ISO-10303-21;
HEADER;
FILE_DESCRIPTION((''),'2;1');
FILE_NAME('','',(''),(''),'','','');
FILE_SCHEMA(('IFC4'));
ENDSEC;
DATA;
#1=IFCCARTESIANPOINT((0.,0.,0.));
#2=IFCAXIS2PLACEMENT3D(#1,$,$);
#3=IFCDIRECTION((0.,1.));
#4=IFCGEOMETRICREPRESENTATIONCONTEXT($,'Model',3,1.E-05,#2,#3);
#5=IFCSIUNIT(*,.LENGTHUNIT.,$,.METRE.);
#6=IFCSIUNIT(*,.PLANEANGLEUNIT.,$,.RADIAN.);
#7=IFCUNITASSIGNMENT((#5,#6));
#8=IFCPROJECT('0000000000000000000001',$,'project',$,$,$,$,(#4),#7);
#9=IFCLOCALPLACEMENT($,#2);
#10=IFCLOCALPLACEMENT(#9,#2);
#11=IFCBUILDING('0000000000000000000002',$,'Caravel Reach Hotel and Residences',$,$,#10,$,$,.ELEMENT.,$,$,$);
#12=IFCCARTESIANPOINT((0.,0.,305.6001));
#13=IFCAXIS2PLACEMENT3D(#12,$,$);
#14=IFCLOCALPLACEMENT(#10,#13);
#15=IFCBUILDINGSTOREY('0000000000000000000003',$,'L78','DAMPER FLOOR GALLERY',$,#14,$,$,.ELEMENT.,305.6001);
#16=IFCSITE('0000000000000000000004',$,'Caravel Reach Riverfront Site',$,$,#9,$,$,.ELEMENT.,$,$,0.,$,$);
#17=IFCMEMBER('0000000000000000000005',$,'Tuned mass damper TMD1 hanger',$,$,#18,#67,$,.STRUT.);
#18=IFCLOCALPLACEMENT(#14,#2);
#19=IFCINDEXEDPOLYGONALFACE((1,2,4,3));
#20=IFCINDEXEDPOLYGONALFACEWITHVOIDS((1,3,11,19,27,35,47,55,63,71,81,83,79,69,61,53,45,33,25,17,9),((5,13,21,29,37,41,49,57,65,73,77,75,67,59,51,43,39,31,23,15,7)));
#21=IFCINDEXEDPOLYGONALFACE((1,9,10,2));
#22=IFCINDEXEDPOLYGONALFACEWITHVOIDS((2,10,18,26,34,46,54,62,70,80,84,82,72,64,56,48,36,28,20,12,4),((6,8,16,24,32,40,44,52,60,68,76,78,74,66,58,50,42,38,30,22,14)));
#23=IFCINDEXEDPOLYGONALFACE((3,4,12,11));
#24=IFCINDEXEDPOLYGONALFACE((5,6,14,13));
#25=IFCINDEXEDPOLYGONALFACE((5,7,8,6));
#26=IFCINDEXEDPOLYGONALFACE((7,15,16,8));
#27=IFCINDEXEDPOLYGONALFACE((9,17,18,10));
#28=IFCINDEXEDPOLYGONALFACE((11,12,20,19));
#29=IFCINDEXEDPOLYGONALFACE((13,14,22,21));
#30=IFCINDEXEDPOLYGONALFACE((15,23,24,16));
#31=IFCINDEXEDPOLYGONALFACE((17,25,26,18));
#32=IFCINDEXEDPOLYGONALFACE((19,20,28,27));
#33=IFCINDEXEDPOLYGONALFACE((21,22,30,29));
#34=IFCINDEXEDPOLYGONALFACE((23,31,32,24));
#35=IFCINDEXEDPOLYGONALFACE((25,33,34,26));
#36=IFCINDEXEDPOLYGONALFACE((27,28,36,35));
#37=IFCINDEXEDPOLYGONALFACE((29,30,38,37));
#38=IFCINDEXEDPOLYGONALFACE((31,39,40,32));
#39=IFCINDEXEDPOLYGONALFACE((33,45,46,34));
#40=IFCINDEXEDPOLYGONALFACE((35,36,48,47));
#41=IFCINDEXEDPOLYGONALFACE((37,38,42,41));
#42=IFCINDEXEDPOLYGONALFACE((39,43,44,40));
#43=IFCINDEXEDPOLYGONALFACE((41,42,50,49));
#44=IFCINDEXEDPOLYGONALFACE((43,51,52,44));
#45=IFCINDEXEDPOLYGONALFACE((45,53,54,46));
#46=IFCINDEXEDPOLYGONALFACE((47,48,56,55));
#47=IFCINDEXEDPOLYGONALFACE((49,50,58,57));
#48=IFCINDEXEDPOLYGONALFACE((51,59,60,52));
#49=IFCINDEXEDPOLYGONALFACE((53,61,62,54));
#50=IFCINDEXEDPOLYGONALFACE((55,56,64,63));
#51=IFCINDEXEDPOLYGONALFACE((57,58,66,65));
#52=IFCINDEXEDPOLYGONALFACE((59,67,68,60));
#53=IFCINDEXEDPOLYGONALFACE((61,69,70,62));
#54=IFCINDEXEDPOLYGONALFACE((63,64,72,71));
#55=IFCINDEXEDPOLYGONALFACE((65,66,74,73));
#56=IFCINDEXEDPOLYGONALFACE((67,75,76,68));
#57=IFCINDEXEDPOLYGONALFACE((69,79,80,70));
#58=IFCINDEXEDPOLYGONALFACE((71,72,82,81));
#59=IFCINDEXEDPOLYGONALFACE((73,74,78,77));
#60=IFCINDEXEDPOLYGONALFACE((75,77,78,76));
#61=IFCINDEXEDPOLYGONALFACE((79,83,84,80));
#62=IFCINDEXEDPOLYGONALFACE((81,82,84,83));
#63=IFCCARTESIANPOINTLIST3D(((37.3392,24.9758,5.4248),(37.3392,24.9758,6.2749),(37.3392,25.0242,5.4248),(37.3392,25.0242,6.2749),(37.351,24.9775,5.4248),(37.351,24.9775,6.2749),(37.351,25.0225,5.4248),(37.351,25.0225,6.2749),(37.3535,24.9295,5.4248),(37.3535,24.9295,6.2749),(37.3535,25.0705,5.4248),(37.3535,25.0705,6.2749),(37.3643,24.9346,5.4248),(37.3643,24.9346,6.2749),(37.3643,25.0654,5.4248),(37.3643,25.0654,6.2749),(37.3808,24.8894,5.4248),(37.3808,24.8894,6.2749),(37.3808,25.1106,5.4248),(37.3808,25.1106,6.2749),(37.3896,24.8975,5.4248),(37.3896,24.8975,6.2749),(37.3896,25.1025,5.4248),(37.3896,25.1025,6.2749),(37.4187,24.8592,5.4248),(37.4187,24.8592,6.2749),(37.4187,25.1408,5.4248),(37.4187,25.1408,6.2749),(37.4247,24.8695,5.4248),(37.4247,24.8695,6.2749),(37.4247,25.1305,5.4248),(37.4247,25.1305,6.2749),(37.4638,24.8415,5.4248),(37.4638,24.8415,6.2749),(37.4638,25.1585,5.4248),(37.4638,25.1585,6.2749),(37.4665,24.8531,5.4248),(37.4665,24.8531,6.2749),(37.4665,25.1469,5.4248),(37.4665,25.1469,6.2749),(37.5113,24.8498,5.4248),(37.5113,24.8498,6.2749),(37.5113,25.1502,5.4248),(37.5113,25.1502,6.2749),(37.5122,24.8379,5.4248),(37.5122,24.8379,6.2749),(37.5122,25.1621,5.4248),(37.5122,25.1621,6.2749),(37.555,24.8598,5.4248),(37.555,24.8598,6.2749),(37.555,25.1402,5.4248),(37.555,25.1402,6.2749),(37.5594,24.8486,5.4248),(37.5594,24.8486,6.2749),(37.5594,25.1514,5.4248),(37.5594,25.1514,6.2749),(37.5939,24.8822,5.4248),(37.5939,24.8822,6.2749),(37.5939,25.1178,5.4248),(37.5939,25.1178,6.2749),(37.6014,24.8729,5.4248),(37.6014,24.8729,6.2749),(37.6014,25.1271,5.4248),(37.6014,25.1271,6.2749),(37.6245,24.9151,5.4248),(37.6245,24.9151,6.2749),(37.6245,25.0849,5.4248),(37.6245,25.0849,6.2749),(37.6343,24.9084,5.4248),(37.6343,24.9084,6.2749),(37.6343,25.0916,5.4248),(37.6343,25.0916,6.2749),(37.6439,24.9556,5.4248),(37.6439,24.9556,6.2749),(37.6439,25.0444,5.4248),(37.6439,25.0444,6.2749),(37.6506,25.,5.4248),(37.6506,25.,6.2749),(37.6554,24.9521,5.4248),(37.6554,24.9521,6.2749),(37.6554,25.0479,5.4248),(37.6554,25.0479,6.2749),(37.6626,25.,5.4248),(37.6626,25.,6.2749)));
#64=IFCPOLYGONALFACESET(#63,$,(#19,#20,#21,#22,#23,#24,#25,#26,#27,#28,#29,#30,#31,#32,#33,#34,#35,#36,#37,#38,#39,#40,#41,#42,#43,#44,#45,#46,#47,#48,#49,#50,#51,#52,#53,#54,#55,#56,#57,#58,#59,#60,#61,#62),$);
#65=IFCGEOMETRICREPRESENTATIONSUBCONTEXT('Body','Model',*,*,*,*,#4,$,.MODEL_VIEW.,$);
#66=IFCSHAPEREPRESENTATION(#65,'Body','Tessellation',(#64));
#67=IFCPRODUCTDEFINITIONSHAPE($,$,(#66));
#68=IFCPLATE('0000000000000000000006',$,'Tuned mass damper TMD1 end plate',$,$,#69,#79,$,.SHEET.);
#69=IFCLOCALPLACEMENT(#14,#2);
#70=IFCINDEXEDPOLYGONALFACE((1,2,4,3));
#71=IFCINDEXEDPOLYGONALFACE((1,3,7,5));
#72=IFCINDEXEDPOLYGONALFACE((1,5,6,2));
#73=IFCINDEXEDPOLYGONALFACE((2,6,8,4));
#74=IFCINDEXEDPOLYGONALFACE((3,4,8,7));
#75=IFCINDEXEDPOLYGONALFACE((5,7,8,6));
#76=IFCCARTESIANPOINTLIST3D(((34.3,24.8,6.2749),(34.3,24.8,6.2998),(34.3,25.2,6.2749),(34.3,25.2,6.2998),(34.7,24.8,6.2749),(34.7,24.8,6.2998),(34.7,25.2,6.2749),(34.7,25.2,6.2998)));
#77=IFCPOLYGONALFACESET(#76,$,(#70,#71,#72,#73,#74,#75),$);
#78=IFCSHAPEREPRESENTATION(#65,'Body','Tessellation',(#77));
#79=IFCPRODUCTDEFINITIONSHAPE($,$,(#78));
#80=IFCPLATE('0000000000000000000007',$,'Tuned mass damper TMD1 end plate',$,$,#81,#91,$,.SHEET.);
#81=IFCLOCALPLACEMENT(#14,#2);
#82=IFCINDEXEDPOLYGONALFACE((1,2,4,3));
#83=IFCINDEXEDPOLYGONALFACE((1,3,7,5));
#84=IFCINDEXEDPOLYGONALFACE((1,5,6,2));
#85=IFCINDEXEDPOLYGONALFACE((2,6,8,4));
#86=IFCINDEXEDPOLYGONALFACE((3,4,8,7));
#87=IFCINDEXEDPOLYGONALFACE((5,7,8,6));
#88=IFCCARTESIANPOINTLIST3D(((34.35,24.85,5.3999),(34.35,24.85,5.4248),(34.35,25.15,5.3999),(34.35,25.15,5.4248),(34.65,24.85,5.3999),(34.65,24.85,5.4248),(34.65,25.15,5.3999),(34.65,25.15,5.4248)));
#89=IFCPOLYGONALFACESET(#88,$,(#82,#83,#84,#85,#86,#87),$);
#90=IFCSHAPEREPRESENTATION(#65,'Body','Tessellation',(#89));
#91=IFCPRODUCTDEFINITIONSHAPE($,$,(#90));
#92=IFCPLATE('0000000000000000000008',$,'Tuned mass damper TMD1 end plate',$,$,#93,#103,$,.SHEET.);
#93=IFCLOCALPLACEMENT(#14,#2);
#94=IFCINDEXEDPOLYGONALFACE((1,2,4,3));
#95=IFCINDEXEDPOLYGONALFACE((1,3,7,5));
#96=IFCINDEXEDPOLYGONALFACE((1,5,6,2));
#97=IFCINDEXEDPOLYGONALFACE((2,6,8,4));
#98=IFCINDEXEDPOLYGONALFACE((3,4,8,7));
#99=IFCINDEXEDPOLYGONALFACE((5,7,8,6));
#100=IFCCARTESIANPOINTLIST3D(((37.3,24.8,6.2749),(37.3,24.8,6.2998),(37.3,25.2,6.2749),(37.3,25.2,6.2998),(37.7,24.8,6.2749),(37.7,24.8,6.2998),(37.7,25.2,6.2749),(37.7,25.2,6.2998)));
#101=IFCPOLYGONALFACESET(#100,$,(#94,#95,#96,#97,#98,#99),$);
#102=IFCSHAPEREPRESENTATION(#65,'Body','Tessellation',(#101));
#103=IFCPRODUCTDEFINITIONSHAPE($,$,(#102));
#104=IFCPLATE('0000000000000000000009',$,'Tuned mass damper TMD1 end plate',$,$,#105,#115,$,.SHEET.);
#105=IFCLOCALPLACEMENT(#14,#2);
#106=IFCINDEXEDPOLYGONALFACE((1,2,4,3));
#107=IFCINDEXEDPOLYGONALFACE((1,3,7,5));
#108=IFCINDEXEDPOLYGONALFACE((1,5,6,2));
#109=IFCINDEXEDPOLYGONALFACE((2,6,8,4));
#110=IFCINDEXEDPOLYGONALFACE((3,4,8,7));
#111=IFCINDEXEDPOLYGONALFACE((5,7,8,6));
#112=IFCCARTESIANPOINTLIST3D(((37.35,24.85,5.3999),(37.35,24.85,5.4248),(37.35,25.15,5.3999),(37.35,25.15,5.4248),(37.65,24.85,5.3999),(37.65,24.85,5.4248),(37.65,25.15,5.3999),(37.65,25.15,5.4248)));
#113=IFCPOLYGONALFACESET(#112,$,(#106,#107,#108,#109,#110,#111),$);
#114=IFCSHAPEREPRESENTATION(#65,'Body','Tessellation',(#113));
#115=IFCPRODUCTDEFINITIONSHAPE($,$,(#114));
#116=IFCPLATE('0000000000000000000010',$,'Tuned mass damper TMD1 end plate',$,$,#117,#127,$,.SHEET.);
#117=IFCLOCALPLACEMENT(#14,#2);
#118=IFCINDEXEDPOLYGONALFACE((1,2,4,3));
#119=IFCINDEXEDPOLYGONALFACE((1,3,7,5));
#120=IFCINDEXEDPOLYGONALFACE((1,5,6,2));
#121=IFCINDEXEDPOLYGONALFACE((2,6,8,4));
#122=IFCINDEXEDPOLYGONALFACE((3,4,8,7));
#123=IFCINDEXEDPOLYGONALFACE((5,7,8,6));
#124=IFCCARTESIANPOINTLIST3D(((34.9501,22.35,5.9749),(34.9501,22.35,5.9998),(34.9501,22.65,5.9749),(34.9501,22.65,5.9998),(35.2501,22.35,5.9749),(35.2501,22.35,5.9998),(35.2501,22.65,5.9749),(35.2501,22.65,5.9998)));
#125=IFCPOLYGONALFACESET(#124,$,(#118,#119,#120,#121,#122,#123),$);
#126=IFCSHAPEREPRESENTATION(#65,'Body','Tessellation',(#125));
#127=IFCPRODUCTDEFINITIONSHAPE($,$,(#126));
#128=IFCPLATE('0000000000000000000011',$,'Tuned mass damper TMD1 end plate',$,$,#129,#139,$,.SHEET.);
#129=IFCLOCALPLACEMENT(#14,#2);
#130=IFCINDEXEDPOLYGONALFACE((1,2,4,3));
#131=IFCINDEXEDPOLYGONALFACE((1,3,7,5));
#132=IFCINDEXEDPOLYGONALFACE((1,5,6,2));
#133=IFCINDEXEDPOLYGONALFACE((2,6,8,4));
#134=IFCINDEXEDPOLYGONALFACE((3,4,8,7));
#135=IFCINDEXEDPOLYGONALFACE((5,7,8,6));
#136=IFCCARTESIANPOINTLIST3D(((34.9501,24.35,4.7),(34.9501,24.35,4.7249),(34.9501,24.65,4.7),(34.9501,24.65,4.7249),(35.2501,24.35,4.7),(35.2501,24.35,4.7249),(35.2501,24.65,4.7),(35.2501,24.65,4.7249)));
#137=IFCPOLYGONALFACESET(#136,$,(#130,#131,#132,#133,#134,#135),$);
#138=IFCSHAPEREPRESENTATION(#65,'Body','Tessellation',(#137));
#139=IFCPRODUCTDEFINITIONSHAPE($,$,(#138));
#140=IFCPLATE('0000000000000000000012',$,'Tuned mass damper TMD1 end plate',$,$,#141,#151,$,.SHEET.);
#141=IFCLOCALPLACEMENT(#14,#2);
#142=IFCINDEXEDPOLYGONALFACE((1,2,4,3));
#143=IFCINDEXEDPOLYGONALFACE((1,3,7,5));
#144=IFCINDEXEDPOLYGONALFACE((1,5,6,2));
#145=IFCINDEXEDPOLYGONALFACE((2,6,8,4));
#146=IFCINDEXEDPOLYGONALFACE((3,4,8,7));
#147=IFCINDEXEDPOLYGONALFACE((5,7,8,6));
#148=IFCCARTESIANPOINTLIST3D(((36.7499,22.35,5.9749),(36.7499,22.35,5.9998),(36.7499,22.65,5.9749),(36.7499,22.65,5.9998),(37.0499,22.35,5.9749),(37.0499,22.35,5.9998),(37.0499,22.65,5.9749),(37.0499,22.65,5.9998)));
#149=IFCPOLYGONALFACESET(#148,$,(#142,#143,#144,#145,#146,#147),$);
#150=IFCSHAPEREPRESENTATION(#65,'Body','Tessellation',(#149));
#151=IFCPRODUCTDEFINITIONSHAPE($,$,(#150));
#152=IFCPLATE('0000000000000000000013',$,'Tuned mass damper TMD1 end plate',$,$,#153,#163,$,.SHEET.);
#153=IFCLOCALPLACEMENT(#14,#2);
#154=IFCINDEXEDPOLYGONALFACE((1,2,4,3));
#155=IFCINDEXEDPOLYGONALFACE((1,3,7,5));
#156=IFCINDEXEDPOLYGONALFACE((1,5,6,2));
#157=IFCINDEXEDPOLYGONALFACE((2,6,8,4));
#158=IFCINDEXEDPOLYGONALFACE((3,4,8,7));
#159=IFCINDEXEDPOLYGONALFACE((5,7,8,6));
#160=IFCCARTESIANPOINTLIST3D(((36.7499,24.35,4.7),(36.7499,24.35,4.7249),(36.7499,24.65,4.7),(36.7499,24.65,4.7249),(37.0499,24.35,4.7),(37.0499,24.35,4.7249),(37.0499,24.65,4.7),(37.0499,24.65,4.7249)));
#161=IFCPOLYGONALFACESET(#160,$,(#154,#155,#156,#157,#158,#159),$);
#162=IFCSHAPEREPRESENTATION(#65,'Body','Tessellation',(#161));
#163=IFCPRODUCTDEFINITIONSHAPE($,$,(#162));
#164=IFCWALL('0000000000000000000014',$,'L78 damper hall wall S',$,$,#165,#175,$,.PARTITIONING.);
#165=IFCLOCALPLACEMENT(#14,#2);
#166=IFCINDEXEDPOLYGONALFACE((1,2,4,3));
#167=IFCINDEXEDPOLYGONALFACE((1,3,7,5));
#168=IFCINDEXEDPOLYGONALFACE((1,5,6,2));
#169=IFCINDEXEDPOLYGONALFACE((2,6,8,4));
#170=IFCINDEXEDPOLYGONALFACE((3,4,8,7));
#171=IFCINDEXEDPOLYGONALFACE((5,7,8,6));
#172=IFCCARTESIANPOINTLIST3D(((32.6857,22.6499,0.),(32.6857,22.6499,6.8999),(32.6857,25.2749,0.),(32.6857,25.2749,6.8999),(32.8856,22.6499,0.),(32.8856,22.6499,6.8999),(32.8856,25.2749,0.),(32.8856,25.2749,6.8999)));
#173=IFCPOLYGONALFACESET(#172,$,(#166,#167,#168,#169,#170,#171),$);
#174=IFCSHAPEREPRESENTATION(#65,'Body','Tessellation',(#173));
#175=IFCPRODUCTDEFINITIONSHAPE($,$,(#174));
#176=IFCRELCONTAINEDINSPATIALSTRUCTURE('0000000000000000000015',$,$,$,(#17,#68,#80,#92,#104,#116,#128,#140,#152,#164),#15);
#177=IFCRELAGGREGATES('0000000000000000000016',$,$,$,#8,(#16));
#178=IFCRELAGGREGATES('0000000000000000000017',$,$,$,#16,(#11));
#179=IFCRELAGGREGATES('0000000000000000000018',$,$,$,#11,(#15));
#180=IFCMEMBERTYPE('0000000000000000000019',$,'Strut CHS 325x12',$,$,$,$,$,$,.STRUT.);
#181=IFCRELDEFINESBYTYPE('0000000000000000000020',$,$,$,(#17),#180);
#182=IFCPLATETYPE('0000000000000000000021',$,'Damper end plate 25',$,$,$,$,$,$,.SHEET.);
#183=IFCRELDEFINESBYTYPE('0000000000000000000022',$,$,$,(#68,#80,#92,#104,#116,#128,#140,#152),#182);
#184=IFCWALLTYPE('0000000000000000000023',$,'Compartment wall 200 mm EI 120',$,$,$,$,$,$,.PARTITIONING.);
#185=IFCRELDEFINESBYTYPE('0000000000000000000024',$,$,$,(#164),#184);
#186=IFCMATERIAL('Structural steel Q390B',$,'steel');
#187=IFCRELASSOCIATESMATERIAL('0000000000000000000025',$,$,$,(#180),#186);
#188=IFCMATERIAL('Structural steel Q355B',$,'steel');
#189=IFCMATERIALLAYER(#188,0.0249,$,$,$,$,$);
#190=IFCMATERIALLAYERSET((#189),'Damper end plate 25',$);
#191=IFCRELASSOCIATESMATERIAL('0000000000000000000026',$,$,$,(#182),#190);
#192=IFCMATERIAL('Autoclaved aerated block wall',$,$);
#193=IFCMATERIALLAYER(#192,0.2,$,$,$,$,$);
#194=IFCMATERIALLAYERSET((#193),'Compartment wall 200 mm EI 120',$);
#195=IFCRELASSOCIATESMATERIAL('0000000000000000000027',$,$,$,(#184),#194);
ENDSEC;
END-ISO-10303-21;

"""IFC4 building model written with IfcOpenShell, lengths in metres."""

from ifc_helpers import new_model, si_unit, direction, frame, frame_2d, origin, origin_2d, place, context, subcontext, project, spatial, rectangle, hollow_circle, extrude, material, layer, layer_set, material_profile, profile_set, type_object, element, save


model = new_model("IFC4")

# Units and contexts
model_context = context("Model", 3, precision=1e-05, world=origin(), true_north=direction((0.0, 1.0)))
body_context = subcontext(model_context, "Body", "Model", "MODEL_VIEW")
ifc_project = project(units=[si_unit("LENGTHUNIT", "METRE"), si_unit("PLANEANGLEUNIT", "RADIAN")], contexts=[model_context])

# Site, building, storey
site_placement = place(None, origin())
site = spatial("IfcSite", under=ifc_project, at=site_placement, Name="Caravel Reach Riverfront Site", CompositionType="ELEMENT", RefElevation=0.0)
building_placement = place(site_placement, origin())
building = spatial("IfcBuilding", under=site, at=building_placement, Name="Caravel Reach Hotel and Residences", CompositionType="ELEMENT")
storey_placement = place(building_placement, frame((0.0, 0.0, 305.6001)))
storey = spatial("IfcBuildingStorey", under=building, at=storey_placement, Name="L78", Description="DAMPER FLOOR GALLERY", CompositionType="ELEMENT", Elevation=305.6001)

# Member
ifc_material_1 = material(Name="Structural steel Q390B", Category="steel")
ifc_material_profile_1 = material_profile(ifc_material_1, hollow_circle(Radius=0.1626, WallThickness=0.012, at=origin_2d()), Name="CHS 325x12")
ifc_profile_set_1 = profile_set([ifc_material_profile_1], Name="Structural steel Q390B")
member_type_1 = type_object("IfcMemberType", Name="Strut CHS 325x12", PredefinedType="STRUT", material=ifc_profile_set_1)
for number, where, z_axis, x_axis, name in (
    (1, (37.5, 25.0, 6.2749), (0.0, 0.0, -1.0), (1.0, 0.0, 0.0), "Tuned mass damper TMD1 hanger"),
):
    element("IfcMember", number, at=place(storey_placement, frame(where, z_axis=z_axis, x_axis=x_axis)), inside=storey, type_object=member_type_1, Name=name, PredefinedType="STRUT", context=body_context, shape_type="SweptSolid", body=[
        extrude(hollow_circle(Radius=0.1626, WallThickness=0.012, at=origin_2d()), origin(), (0.0, 0.0, 1.0), 0.8501),
    ])

# Plates
ifc_material_2 = material(Name="Structural steel Q355B", Category="steel")
ifc_layer_1 = layer(ifc_material_2, 0.0249)
ifc_layer_set_1 = layer_set([ifc_layer_1], Name="Damper end plate 25")
plate_type = type_object("IfcPlateType", Name="Damper end plate 25", PredefinedType="SHEET", material=ifc_layer_set_1)
plate_1_placement = place(storey_placement, frame((34.5, 25.0, 6.2749), z_axis=(0.0, 0.0, 1.0), x_axis=(1.0, 0.0, 0.0)))
element("IfcPlate", 2, at=plate_1_placement, inside=storey, type_object=plate_type, Name="Tuned mass damper TMD1 end plate", PredefinedType="SHEET", context=body_context, shape_type="SweptSolid", body=[
    extrude(rectangle(XDim=0.3999, YDim=0.3999, at=origin_2d()), origin(), (0.0, 0.0, 1.0), 0.0249),
])
plate_2_placement = place(storey_placement, frame((34.5, 25.0, 5.3999), z_axis=(0.0, 0.0, 1.0), x_axis=(1.0, 0.0, 0.0)))
element("IfcPlate", 3, at=plate_2_placement, inside=storey, type_object=plate_type, Name="Tuned mass damper TMD1 end plate", PredefinedType="SHEET", context=body_context, shape_type="SweptSolid", body=[
    extrude(rectangle(XDim=0.3, YDim=0.3, at=origin_2d()), origin(), (0.0, 0.0, 1.0), 0.0249),
])
plate_3_placement = place(storey_placement, frame((37.5, 25.0, 6.2749), z_axis=(0.0, 0.0, 1.0), x_axis=(1.0, 0.0, 0.0)))
element("IfcPlate", 4, at=plate_3_placement, inside=storey, type_object=plate_type, Name="Tuned mass damper TMD1 end plate", PredefinedType="SHEET", context=body_context, shape_type="SweptSolid", body=[
    extrude(rectangle(XDim=0.3999, YDim=0.3999, at=origin_2d()), origin(), (0.0, 0.0, 1.0), 0.0249),
])
for number, where, z_axis, x_axis, name in (
    (5, (37.5, 25.0, 5.3999), (0.0, 0.0, 1.0), (1.0, 0.0, 0.0), "Tuned mass damper TMD1 end plate"),
    (6, (35.1001, 22.5, 5.9749), (0.0, 0.0, 1.0), (1.0, 0.0, 0.0), "Tuned mass damper TMD1 end plate"),
    (7, (35.1001, 24.5, 4.7), (0.0, 0.0, 1.0), (1.0, 0.0, 0.0), "Tuned mass damper TMD1 end plate"),
    (8, (36.8999, 22.5, 5.9749), (0.0, 0.0, 1.0), (1.0, 0.0, 0.0), "Tuned mass damper TMD1 end plate"),
    (9, (36.8999, 24.5, 4.7), (0.0, 0.0, 1.0), (1.0, 0.0, 0.0), "Tuned mass damper TMD1 end plate"),
):
    element("IfcPlate", number, at=place(storey_placement, frame(where, z_axis=z_axis, x_axis=x_axis)), inside=storey, type_object=plate_type, Name=name, PredefinedType="SHEET", context=body_context, shape_type="SweptSolid", body=[
        extrude(rectangle(XDim=0.3, YDim=0.3, at=origin_2d()), origin(), (0.0, 0.0, 1.0), 0.0249),
    ])

# Wall
ifc_material_3 = material(Name="Autoclaved aerated block wall")
ifc_layer_2 = layer(ifc_material_3, 0.2)
ifc_layer_set_2 = layer_set([ifc_layer_2], Name="Compartment wall 200 mm EI 120")
wall_type_1 = type_object("IfcWallType", Name="Compartment wall 200 mm EI 120", PredefinedType="PARTITIONING", material=ifc_layer_set_2)
wall_1_placement = place(storey_placement, frame((32.7856, 22.6499, 0.0), z_axis=(0.0, 0.0, 1.0), x_axis=(0.0, 1.0, 0.0)))
element("IfcWall", 10, at=wall_1_placement, inside=storey, type_object=wall_type_1, Name="L78 damper hall wall S", PredefinedType="PARTITIONING", context=body_context, shape_type="SweptSolid", body=[
    extrude(rectangle(XDim=2.625, YDim=0.2, at=frame_2d((1.3125, 0.0))), origin(), (0.0, 0.0, 1.0), 6.8999),
])

save(model, "model.ifc")
